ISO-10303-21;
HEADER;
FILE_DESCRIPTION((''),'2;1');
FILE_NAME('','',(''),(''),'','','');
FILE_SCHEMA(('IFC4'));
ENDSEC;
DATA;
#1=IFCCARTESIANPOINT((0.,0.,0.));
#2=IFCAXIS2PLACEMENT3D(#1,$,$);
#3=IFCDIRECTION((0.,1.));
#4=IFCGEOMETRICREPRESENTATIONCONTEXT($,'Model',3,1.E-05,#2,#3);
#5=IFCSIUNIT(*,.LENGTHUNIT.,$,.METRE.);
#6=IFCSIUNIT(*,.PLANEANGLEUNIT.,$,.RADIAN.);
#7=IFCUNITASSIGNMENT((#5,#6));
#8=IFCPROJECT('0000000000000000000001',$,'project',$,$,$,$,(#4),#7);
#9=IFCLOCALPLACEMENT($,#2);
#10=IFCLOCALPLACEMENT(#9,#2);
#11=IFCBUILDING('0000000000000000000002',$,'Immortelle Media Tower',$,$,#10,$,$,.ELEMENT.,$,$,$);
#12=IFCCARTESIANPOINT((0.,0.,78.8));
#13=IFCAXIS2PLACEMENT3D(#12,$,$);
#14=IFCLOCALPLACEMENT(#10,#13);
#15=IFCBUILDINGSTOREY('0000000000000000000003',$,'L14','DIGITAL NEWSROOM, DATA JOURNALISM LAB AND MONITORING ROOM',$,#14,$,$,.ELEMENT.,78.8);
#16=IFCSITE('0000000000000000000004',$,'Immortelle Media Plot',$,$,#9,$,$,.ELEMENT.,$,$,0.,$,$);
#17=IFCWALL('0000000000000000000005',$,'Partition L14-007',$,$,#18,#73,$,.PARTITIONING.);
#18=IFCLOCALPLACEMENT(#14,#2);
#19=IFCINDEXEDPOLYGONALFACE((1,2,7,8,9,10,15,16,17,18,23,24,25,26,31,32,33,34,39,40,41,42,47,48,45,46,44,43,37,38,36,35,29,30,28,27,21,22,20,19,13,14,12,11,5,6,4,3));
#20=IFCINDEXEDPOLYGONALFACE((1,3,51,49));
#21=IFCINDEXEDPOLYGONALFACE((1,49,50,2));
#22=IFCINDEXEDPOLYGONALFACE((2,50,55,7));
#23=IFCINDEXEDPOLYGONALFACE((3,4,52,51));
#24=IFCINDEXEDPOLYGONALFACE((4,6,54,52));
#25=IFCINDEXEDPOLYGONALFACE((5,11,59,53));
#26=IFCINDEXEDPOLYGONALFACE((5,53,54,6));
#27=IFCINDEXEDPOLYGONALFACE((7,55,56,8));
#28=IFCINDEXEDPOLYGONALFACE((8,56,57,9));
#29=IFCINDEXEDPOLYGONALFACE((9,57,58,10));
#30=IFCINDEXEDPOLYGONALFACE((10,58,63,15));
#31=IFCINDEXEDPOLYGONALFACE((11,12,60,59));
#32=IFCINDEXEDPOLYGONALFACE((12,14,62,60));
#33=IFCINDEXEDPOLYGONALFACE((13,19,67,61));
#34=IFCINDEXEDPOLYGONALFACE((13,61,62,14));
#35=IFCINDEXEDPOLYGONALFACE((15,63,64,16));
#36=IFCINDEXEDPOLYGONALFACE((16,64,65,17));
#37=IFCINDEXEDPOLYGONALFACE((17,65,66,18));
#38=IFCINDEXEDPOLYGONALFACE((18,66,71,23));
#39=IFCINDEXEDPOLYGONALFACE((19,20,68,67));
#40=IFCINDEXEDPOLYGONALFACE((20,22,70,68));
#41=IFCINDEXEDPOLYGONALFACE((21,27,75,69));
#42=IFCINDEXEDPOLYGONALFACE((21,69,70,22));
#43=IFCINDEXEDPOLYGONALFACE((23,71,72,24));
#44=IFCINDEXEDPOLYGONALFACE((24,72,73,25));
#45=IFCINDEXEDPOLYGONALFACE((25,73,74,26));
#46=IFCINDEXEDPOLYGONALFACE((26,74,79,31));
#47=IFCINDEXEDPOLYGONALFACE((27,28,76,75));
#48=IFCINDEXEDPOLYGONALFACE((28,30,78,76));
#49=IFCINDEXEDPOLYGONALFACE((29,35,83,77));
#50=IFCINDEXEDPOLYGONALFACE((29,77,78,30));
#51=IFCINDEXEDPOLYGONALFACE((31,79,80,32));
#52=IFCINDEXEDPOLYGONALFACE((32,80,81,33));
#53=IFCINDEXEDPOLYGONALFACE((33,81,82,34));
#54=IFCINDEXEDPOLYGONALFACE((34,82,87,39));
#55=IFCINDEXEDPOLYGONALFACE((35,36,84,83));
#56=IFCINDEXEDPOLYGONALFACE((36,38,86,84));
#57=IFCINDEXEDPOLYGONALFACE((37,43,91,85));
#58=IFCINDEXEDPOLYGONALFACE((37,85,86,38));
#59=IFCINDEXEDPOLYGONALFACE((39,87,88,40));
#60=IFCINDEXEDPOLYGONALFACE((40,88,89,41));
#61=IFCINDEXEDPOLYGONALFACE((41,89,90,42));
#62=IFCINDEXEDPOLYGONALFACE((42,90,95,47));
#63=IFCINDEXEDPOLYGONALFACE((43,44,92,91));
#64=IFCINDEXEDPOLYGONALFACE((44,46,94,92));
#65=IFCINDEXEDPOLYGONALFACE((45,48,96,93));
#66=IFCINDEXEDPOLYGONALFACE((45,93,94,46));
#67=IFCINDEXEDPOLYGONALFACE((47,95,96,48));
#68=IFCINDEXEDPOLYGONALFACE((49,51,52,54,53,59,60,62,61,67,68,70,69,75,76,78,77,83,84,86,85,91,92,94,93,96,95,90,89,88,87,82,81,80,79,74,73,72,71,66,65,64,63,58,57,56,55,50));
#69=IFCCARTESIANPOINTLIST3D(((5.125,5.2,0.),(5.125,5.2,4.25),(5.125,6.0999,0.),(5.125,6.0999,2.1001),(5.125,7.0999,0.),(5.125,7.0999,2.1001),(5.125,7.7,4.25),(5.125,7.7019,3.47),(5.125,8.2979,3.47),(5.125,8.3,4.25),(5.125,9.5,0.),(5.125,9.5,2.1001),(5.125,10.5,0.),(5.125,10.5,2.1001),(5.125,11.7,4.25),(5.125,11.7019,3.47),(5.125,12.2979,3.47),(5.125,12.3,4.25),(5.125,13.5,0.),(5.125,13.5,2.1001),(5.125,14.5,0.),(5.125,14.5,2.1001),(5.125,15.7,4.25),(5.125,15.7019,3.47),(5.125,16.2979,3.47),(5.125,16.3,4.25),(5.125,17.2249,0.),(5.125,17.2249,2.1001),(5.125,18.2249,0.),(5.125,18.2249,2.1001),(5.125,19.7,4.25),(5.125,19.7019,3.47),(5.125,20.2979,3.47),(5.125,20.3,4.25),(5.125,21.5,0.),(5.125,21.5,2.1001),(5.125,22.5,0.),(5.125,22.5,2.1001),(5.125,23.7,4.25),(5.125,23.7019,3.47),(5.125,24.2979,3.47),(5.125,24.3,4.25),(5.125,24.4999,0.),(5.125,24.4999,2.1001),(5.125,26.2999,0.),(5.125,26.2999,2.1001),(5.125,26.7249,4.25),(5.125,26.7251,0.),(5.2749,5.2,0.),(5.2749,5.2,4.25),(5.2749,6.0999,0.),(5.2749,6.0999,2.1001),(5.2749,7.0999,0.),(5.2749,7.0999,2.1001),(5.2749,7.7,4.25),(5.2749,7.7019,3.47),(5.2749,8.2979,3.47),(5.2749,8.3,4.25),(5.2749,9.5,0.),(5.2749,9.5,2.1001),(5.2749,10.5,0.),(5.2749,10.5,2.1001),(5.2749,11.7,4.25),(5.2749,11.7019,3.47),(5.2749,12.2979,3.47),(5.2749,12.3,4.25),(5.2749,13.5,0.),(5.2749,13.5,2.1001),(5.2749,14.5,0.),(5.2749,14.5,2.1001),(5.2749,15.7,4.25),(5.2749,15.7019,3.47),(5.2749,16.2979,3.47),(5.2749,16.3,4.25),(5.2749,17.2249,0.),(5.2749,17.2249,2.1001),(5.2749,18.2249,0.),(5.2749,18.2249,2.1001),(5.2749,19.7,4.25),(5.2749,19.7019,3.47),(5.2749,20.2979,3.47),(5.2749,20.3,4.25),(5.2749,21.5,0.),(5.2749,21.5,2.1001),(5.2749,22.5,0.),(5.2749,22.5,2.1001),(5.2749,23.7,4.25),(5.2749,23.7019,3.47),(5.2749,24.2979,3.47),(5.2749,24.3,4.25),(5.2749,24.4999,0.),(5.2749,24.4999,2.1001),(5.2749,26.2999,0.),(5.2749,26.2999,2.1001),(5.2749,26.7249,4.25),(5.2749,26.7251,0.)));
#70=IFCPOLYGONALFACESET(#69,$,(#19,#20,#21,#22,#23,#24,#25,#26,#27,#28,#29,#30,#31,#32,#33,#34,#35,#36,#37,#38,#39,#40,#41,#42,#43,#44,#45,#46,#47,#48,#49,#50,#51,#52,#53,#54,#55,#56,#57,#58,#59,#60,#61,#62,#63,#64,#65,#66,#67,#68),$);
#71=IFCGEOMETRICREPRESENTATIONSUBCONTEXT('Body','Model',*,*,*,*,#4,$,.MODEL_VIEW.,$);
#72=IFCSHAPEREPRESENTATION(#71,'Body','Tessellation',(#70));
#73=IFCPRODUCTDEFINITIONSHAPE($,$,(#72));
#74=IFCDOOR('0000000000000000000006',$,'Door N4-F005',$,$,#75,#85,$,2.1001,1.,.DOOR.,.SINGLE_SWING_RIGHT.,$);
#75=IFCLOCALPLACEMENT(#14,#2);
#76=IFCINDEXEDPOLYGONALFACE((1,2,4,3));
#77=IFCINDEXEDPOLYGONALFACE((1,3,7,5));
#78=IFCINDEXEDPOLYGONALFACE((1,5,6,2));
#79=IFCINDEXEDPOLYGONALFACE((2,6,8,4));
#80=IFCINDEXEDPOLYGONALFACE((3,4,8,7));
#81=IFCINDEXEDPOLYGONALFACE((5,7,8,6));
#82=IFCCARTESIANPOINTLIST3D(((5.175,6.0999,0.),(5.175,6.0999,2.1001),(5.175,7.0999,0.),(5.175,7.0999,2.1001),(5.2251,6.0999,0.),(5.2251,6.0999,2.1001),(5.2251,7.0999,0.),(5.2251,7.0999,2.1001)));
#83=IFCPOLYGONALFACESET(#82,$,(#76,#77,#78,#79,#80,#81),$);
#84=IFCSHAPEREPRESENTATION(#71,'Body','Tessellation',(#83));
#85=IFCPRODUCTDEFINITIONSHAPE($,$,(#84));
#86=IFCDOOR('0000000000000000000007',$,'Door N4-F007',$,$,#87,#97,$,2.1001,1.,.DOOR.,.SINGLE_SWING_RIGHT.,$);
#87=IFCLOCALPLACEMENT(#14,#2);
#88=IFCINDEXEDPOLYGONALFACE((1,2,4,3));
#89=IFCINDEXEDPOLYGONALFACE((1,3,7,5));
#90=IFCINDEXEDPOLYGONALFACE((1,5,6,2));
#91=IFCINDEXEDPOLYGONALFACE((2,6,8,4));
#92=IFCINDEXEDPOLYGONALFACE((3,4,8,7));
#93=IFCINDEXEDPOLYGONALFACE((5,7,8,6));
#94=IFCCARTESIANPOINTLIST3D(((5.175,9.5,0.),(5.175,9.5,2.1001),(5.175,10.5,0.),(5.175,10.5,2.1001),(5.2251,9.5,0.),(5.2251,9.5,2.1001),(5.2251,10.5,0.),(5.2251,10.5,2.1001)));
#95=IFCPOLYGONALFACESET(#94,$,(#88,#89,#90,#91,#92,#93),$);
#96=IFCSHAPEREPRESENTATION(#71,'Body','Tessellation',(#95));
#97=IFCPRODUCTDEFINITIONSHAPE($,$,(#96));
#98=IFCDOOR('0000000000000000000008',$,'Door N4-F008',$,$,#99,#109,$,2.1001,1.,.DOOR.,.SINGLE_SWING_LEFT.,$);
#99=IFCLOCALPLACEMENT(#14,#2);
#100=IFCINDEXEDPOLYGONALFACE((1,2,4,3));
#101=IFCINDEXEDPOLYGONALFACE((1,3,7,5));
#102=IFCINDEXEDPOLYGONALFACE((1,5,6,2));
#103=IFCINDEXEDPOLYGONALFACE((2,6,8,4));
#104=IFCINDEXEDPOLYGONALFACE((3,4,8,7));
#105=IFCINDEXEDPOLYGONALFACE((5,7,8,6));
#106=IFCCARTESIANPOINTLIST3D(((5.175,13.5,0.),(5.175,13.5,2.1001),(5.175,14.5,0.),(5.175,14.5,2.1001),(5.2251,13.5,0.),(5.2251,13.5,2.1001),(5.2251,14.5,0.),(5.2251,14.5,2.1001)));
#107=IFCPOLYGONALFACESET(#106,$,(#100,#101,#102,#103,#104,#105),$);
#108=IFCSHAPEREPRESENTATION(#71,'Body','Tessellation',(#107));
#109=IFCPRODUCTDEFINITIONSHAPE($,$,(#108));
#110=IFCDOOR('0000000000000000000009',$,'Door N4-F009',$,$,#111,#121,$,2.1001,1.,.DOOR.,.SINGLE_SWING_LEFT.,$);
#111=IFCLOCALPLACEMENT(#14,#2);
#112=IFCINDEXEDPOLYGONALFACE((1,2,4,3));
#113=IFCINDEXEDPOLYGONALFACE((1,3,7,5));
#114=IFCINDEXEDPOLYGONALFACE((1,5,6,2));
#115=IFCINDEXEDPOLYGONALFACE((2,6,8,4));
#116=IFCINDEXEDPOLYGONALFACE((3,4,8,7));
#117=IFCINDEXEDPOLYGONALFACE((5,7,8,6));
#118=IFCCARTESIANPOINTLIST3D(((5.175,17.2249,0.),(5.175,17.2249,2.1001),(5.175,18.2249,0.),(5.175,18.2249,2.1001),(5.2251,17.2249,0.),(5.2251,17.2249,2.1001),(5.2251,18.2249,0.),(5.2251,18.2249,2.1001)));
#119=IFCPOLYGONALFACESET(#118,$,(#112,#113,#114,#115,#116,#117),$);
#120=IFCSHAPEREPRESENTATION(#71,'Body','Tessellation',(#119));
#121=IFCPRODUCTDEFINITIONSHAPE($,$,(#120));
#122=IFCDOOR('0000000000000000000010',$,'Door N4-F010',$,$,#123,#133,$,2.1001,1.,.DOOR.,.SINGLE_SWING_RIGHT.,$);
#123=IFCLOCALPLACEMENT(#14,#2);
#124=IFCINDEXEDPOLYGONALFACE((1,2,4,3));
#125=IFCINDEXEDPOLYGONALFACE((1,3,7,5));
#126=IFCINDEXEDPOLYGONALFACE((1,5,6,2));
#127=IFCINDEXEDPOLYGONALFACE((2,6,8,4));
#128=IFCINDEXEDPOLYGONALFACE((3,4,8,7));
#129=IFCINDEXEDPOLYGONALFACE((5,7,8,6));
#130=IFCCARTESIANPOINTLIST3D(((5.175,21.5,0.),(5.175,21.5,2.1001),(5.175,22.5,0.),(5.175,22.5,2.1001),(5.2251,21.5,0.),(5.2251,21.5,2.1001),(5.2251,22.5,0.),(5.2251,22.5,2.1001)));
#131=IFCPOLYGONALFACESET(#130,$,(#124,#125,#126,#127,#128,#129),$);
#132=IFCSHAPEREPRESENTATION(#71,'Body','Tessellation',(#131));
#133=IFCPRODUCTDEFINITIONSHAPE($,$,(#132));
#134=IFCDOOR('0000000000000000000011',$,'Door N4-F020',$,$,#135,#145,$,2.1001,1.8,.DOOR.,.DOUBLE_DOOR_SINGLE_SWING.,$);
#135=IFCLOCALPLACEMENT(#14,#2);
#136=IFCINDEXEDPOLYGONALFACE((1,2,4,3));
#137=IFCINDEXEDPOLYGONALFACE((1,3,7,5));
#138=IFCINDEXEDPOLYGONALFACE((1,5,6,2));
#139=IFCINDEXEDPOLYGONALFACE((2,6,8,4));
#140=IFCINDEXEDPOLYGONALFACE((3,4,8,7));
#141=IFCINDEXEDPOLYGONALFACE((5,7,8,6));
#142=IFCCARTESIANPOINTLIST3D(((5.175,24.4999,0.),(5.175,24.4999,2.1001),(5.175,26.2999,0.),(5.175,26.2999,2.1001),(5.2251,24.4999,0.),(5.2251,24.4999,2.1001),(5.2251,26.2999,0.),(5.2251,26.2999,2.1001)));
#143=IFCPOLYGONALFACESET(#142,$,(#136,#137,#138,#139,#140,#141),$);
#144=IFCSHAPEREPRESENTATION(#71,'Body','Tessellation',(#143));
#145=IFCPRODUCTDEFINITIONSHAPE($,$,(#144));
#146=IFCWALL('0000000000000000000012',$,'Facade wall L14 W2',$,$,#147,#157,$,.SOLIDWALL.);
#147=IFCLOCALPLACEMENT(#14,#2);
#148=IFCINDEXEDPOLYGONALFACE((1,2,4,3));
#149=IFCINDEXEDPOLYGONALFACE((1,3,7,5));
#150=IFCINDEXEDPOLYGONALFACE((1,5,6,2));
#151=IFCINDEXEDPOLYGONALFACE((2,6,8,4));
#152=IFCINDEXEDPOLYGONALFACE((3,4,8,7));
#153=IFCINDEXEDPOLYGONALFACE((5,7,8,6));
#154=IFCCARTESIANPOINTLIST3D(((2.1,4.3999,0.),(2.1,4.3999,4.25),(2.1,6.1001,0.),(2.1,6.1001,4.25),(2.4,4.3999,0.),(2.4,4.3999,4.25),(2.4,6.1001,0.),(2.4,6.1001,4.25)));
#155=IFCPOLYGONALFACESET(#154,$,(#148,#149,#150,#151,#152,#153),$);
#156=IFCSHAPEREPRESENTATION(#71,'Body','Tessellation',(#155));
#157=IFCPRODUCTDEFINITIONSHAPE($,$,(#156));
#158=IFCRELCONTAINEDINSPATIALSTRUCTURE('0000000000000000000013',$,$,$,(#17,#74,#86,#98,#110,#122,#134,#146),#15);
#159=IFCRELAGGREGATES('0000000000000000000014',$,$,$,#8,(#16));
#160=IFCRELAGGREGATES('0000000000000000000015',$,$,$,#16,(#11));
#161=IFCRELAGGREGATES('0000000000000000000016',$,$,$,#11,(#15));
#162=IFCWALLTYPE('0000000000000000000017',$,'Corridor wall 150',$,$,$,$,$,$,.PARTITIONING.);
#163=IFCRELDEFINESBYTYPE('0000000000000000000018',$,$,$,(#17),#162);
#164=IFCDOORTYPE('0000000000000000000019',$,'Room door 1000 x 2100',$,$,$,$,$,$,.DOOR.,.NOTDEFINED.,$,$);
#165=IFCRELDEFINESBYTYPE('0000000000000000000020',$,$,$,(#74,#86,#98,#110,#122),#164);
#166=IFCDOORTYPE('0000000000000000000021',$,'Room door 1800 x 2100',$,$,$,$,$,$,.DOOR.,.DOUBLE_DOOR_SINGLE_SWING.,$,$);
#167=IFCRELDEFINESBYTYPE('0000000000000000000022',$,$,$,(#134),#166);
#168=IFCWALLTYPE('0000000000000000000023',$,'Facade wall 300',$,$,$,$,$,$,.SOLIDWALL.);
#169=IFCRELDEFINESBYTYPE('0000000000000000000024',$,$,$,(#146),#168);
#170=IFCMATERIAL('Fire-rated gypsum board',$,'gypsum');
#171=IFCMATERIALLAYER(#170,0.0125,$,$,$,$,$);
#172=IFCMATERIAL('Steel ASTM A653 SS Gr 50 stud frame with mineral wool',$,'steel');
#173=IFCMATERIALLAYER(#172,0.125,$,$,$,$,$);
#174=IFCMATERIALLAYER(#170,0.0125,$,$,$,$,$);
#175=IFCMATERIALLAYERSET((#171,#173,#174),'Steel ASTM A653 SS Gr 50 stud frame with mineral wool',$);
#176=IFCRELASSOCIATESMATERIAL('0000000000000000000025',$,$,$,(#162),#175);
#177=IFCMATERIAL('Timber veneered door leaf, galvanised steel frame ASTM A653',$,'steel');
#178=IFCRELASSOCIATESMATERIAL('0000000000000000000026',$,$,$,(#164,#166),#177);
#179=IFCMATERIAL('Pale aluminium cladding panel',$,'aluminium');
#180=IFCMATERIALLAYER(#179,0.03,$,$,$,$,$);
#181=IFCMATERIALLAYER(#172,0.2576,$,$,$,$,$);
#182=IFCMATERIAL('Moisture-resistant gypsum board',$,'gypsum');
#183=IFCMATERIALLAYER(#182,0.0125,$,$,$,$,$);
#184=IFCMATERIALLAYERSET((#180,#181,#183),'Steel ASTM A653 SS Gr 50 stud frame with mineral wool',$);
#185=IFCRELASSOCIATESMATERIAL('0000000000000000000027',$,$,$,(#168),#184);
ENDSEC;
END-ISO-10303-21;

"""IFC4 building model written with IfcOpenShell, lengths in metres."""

from ifc_helpers import new_model, si_unit, direction, frame, frame_2d, origin, place, context, subcontext, project, spatial, polyline, rectangle, outline, extrude, material, layer, layer_set, type_object, element, fill, save


model = new_model("IFC4")

# Units and contexts
model_context = context("Model", 3, precision=1e-05, world=origin(), true_north=direction((0.0, 1.0)))
body_context = subcontext(model_context, "Body", "Model", "MODEL_VIEW")
ifc_project = project(units=[si_unit("LENGTHUNIT", "METRE"), si_unit("PLANEANGLEUNIT", "RADIAN")], contexts=[model_context])

# Site, building, storey
site_placement = place(None, origin())
site = spatial("IfcSite", under=ifc_project, at=site_placement, Name="Immortelle Media Plot", CompositionType="ELEMENT", RefElevation=0.0)
building_placement = place(site_placement, origin())
building = spatial("IfcBuilding", under=site, at=building_placement, Name="Immortelle Media Tower", CompositionType="ELEMENT")
storey_placement = place(building_placement, frame((0.0, 0.0, 78.8)))
storey = spatial("IfcBuildingStorey", under=building, at=storey_placement, Name="L14", Description="DIGITAL NEWSROOM, DATA JOURNALISM LAB AND MONITORING ROOM", CompositionType="ELEMENT", Elevation=78.8)

# Wall, openings, doors
ifc_material_1 = material(Name="Fire-rated gypsum board", Category="gypsum")
ifc_layer_1 = layer(ifc_material_1, 0.0125)
ifc_material_2 = material(Name="Steel ASTM A653 SS Gr 50 stud frame with mineral wool", Category="steel")
ifc_layer_2 = layer(ifc_material_2, 0.125)
ifc_layer_3 = layer(ifc_material_1, 0.0125)
ifc_layer_set_1 = layer_set([ifc_layer_1, ifc_layer_2, ifc_layer_3], Name="Steel ASTM A653 SS Gr 50 stud frame with mineral wool")
wall_type_1 = type_object("IfcWallType", Name="Corridor wall 150", PredefinedType="PARTITIONING", material=ifc_layer_set_1)
ifc_material_3 = material(Name="Timber veneered door leaf, galvanised steel frame ASTM A653", Category="steel")
door_type_1 = type_object("IfcDoorType", Name="Room door 1000 x 2100", OperationType="NOTDEFINED", PredefinedType="DOOR", material=ifc_material_3)
door_type_2 = type_object("IfcDoorType", Name="Room door 1800 x 2100", OperationType="DOUBLE_DOOR_SINGLE_SWING", PredefinedType="DOOR", material=ifc_material_3)
wall_1_placement = place(storey_placement, frame((5.2, 5.2, 0.0), z_axis=(0.0, 0.0, 1.0), x_axis=(0.0, 1.0, 0.0)))
wall_1 = element("IfcWall", 1, at=wall_1_placement, inside=storey, type_object=wall_type_1, Name="Partition L14-007", PredefinedType="PARTITIONING", context=body_context, shape_type="SweptSolid", body=[
    extrude(outline(polyline([(0.0, 0.0), (21.5251, 0.0), (21.5249, 4.25), (19.1001, 4.25), (19.0979, 3.47), (18.502, 3.47), (18.5, 4.25), (15.1001, 4.25), (15.0979, 3.47), (14.502, 3.47), (14.5, 4.25), (11.1001, 4.25), (11.0979, 3.47), (10.502, 3.47), (10.5, 4.25), (7.1001, 4.25), (7.0979, 3.47), (6.502, 3.47), (6.5, 4.25), (3.1001, 4.25), (3.0979, 3.47), (2.502, 3.47), (2.5, 4.25), (0.0, 4.25), (0.0, 0.0)])), frame((0.0, 0.075, 0.0), z_axis=(0.0, -1.0, 0.0), x_axis=(1.0, 0.0, 0.0)), (0.0, 0.0, 1.0), 0.1499),
])
opening_1_placement = place(wall_1_placement, frame((0.8999, 0.0, 0.0)))
opening_1 = element("IfcOpeningElement", 2, at=opening_1_placement, cuts=wall_1, PredefinedType="OPENING", context=body_context, shape_type="SweptSolid", body=[
    extrude(rectangle(XDim=1.0, YDim=2.1001, at=frame_2d((0.5, 1.05))), frame((0.0, 0.085, 0.0), z_axis=(0.0, -1.0, 0.0), x_axis=(1.0, 0.0, 0.0)), (0.0, 0.0, 1.0), 0.1699),
])
opening_2_placement = place(wall_1_placement, frame((4.3, 0.0, 0.0)))
opening_2 = element("IfcOpeningElement", 3, at=opening_2_placement, cuts=wall_1, PredefinedType="OPENING", context=body_context, shape_type="SweptSolid", body=[
    extrude(rectangle(XDim=1.0, YDim=2.1001, at=frame_2d((0.5, 1.05))), frame((0.0, 0.085, 0.0), z_axis=(0.0, -1.0, 0.0), x_axis=(1.0, 0.0, 0.0)), (0.0, 0.0, 1.0), 0.1699),
])
opening_3_placement = place(wall_1_placement, frame((8.3, 0.0, 0.0)))
opening_3 = element("IfcOpeningElement", 4, at=opening_3_placement, cuts=wall_1, PredefinedType="OPENING", context=body_context, shape_type="SweptSolid", body=[
    extrude(rectangle(XDim=1.0, YDim=2.1001, at=frame_2d((0.5, 1.05))), frame((0.0, 0.085, 0.0), z_axis=(0.0, -1.0, 0.0), x_axis=(1.0, 0.0, 0.0)), (0.0, 0.0, 1.0), 0.1699),
])
opening_4_placement = place(wall_1_placement, frame((12.0249, 0.0, 0.0)))
opening_4 = element("IfcOpeningElement", 5, at=opening_4_placement, cuts=wall_1, PredefinedType="OPENING", context=body_context, shape_type="SweptSolid", body=[
    extrude(rectangle(XDim=1.0, YDim=2.1001, at=frame_2d((0.5, 1.05))), frame((0.0, 0.085, 0.0), z_axis=(0.0, -1.0, 0.0), x_axis=(1.0, 0.0, 0.0)), (0.0, 0.0, 1.0), 0.1699),
])
opening_5_placement = place(wall_1_placement, frame((16.3, 0.0, 0.0)))
opening_5 = element("IfcOpeningElement", 6, at=opening_5_placement, cuts=wall_1, PredefinedType="OPENING", context=body_context, shape_type="SweptSolid", body=[
    extrude(rectangle(XDim=1.0, YDim=2.1001, at=frame_2d((0.5, 1.05))), frame((0.0, 0.085, 0.0), z_axis=(0.0, -1.0, 0.0), x_axis=(1.0, 0.0, 0.0)), (0.0, 0.0, 1.0), 0.1699),
])
opening_6_placement = place(wall_1_placement, frame((19.3, 0.0, 0.0)))
opening_6 = element("IfcOpeningElement", 7, at=opening_6_placement, cuts=wall_1, PredefinedType="OPENING", context=body_context, shape_type="SweptSolid", body=[
    extrude(rectangle(XDim=1.8, YDim=2.1001, at=frame_2d((0.8999, 1.05))), frame((0.0, 0.085, 0.0), z_axis=(0.0, -1.0, 0.0), x_axis=(1.0, 0.0, 0.0)), (0.0, 0.0, 1.0), 0.1699),
])
door_1_placement = place(opening_1_placement, origin())
door_1 = element("IfcDoor", 8, at=door_1_placement, inside=storey, type_object=door_type_1, Name="Door N4-F005", OperationType="SINGLE_SWING_RIGHT", OverallHeight=2.1001, OverallWidth=1.0, PredefinedType="DOOR", context=body_context, shape_type="SweptSolid", body=[
    extrude(rectangle(XDim=1.0, YDim=2.1001, at=frame_2d((0.5, 1.05))), frame((0.0, 0.0249, 0.0), z_axis=(0.0, -1.0, 0.0), x_axis=(1.0, 0.0, 0.0)), (0.0, 0.0, 1.0), 0.05),
])
fill(opening_1, door_1)
door_2_placement = place(opening_2_placement, origin())
door_2 = element("IfcDoor", 9, at=door_2_placement, inside=storey, type_object=door_type_1, Name="Door N4-F007", OperationType="SINGLE_SWING_RIGHT", OverallHeight=2.1001, OverallWidth=1.0, PredefinedType="DOOR", context=body_context, shape_type="SweptSolid", body=[
    extrude(rectangle(XDim=1.0, YDim=2.1001, at=frame_2d((0.5, 1.05))), frame((0.0, 0.0249, 0.0), z_axis=(0.0, -1.0, 0.0), x_axis=(1.0, 0.0, 0.0)), (0.0, 0.0, 1.0), 0.05),
])
fill(opening_2, door_2)
door_3_placement = place(opening_3_placement, origin())
door_3 = element("IfcDoor", 10, at=door_3_placement, inside=storey, type_object=door_type_1, Name="Door N4-F008", OperationType="SINGLE_SWING_LEFT", OverallHeight=2.1001, OverallWidth=1.0, PredefinedType="DOOR", context=body_context, shape_type="SweptSolid", body=[
    extrude(rectangle(XDim=1.0, YDim=2.1001, at=frame_2d((0.5, 1.05))), frame((0.0, 0.0249, 0.0), z_axis=(0.0, -1.0, 0.0), x_axis=(1.0, 0.0, 0.0)), (0.0, 0.0, 1.0), 0.05),
])
fill(opening_3, door_3)
door_4_placement = place(opening_4_placement, origin())
door_4 = element("IfcDoor", 11, at=door_4_placement, inside=storey, type_object=door_type_1, Name="Door N4-F009", OperationType="SINGLE_SWING_LEFT", OverallHeight=2.1001, OverallWidth=1.0, PredefinedType="DOOR", context=body_context, shape_type="SweptSolid", body=[
    extrude(rectangle(XDim=1.0, YDim=2.1001, at=frame_2d((0.5, 1.05))), frame((0.0, 0.0249, 0.0), z_axis=(0.0, -1.0, 0.0), x_axis=(1.0, 0.0, 0.0)), (0.0, 0.0, 1.0), 0.05),
])
fill(opening_4, door_4)
door_5_placement = place(opening_5_placement, origin())
door_5 = element("IfcDoor", 12, at=door_5_placement, inside=storey, type_object=door_type_1, Name="Door N4-F010", OperationType="SINGLE_SWING_RIGHT", OverallHeight=2.1001, OverallWidth=1.0, PredefinedType="DOOR", context=body_context, shape_type="SweptSolid", body=[
    extrude(rectangle(XDim=1.0, YDim=2.1001, at=frame_2d((0.5, 1.05))), frame((0.0, 0.0249, 0.0), z_axis=(0.0, -1.0, 0.0), x_axis=(1.0, 0.0, 0.0)), (0.0, 0.0, 1.0), 0.05),
])
fill(opening_5, door_5)
door_6_placement = place(opening_6_placement, origin())
door_6 = element("IfcDoor", 13, at=door_6_placement, inside=storey, type_object=door_type_2, Name="Door N4-F020", OperationType="DOUBLE_DOOR_SINGLE_SWING", OverallHeight=2.1001, OverallWidth=1.8, PredefinedType="DOOR", context=body_context, shape_type="SweptSolid", body=[
    extrude(rectangle(XDim=1.8, YDim=2.1001, at=frame_2d((0.8999, 1.05))), frame((0.0, 0.0249, 0.0), z_axis=(0.0, -1.0, 0.0), x_axis=(1.0, 0.0, 0.0)), (0.0, 0.0, 1.0), 0.05),
])
fill(opening_6, door_6)

# Wall
ifc_material_4 = material(Name="Pale aluminium cladding panel", Category="aluminium")
ifc_layer_4 = layer(ifc_material_4, 0.03)
ifc_layer_5 = layer(ifc_material_2, 0.2576)
ifc_material_5 = material(Name="Moisture-resistant gypsum board", Category="gypsum")
ifc_layer_6 = layer(ifc_material_5, 0.0125)
ifc_layer_set_2 = layer_set([ifc_layer_4, ifc_layer_5, ifc_layer_6], Name="Steel ASTM A653 SS Gr 50 stud frame with mineral wool")
wall_type_2 = type_object("IfcWallType", Name="Facade wall 300", PredefinedType="SOLIDWALL", material=ifc_layer_set_2)
for number, where, z_axis, x_axis, name in (
    (14, (2.25, 6.1001, 0.0), (0.0, 0.0, 1.0), (0.0, -1.0, 0.0), "Facade wall L14 W2"),
):
    element("IfcWall", number, at=place(storey_placement, frame(where, z_axis=z_axis, x_axis=x_axis)), inside=storey, type_object=wall_type_2, Name=name, PredefinedType="SOLIDWALL", context=body_context, shape_type="SweptSolid", body=[
        extrude(rectangle(XDim=1.7002, YDim=0.3, at=frame_2d((0.8501, 0.0))), origin(), (0.0, 0.0, 1.0), 4.25),
    ])

save(model, "model.ifc")
